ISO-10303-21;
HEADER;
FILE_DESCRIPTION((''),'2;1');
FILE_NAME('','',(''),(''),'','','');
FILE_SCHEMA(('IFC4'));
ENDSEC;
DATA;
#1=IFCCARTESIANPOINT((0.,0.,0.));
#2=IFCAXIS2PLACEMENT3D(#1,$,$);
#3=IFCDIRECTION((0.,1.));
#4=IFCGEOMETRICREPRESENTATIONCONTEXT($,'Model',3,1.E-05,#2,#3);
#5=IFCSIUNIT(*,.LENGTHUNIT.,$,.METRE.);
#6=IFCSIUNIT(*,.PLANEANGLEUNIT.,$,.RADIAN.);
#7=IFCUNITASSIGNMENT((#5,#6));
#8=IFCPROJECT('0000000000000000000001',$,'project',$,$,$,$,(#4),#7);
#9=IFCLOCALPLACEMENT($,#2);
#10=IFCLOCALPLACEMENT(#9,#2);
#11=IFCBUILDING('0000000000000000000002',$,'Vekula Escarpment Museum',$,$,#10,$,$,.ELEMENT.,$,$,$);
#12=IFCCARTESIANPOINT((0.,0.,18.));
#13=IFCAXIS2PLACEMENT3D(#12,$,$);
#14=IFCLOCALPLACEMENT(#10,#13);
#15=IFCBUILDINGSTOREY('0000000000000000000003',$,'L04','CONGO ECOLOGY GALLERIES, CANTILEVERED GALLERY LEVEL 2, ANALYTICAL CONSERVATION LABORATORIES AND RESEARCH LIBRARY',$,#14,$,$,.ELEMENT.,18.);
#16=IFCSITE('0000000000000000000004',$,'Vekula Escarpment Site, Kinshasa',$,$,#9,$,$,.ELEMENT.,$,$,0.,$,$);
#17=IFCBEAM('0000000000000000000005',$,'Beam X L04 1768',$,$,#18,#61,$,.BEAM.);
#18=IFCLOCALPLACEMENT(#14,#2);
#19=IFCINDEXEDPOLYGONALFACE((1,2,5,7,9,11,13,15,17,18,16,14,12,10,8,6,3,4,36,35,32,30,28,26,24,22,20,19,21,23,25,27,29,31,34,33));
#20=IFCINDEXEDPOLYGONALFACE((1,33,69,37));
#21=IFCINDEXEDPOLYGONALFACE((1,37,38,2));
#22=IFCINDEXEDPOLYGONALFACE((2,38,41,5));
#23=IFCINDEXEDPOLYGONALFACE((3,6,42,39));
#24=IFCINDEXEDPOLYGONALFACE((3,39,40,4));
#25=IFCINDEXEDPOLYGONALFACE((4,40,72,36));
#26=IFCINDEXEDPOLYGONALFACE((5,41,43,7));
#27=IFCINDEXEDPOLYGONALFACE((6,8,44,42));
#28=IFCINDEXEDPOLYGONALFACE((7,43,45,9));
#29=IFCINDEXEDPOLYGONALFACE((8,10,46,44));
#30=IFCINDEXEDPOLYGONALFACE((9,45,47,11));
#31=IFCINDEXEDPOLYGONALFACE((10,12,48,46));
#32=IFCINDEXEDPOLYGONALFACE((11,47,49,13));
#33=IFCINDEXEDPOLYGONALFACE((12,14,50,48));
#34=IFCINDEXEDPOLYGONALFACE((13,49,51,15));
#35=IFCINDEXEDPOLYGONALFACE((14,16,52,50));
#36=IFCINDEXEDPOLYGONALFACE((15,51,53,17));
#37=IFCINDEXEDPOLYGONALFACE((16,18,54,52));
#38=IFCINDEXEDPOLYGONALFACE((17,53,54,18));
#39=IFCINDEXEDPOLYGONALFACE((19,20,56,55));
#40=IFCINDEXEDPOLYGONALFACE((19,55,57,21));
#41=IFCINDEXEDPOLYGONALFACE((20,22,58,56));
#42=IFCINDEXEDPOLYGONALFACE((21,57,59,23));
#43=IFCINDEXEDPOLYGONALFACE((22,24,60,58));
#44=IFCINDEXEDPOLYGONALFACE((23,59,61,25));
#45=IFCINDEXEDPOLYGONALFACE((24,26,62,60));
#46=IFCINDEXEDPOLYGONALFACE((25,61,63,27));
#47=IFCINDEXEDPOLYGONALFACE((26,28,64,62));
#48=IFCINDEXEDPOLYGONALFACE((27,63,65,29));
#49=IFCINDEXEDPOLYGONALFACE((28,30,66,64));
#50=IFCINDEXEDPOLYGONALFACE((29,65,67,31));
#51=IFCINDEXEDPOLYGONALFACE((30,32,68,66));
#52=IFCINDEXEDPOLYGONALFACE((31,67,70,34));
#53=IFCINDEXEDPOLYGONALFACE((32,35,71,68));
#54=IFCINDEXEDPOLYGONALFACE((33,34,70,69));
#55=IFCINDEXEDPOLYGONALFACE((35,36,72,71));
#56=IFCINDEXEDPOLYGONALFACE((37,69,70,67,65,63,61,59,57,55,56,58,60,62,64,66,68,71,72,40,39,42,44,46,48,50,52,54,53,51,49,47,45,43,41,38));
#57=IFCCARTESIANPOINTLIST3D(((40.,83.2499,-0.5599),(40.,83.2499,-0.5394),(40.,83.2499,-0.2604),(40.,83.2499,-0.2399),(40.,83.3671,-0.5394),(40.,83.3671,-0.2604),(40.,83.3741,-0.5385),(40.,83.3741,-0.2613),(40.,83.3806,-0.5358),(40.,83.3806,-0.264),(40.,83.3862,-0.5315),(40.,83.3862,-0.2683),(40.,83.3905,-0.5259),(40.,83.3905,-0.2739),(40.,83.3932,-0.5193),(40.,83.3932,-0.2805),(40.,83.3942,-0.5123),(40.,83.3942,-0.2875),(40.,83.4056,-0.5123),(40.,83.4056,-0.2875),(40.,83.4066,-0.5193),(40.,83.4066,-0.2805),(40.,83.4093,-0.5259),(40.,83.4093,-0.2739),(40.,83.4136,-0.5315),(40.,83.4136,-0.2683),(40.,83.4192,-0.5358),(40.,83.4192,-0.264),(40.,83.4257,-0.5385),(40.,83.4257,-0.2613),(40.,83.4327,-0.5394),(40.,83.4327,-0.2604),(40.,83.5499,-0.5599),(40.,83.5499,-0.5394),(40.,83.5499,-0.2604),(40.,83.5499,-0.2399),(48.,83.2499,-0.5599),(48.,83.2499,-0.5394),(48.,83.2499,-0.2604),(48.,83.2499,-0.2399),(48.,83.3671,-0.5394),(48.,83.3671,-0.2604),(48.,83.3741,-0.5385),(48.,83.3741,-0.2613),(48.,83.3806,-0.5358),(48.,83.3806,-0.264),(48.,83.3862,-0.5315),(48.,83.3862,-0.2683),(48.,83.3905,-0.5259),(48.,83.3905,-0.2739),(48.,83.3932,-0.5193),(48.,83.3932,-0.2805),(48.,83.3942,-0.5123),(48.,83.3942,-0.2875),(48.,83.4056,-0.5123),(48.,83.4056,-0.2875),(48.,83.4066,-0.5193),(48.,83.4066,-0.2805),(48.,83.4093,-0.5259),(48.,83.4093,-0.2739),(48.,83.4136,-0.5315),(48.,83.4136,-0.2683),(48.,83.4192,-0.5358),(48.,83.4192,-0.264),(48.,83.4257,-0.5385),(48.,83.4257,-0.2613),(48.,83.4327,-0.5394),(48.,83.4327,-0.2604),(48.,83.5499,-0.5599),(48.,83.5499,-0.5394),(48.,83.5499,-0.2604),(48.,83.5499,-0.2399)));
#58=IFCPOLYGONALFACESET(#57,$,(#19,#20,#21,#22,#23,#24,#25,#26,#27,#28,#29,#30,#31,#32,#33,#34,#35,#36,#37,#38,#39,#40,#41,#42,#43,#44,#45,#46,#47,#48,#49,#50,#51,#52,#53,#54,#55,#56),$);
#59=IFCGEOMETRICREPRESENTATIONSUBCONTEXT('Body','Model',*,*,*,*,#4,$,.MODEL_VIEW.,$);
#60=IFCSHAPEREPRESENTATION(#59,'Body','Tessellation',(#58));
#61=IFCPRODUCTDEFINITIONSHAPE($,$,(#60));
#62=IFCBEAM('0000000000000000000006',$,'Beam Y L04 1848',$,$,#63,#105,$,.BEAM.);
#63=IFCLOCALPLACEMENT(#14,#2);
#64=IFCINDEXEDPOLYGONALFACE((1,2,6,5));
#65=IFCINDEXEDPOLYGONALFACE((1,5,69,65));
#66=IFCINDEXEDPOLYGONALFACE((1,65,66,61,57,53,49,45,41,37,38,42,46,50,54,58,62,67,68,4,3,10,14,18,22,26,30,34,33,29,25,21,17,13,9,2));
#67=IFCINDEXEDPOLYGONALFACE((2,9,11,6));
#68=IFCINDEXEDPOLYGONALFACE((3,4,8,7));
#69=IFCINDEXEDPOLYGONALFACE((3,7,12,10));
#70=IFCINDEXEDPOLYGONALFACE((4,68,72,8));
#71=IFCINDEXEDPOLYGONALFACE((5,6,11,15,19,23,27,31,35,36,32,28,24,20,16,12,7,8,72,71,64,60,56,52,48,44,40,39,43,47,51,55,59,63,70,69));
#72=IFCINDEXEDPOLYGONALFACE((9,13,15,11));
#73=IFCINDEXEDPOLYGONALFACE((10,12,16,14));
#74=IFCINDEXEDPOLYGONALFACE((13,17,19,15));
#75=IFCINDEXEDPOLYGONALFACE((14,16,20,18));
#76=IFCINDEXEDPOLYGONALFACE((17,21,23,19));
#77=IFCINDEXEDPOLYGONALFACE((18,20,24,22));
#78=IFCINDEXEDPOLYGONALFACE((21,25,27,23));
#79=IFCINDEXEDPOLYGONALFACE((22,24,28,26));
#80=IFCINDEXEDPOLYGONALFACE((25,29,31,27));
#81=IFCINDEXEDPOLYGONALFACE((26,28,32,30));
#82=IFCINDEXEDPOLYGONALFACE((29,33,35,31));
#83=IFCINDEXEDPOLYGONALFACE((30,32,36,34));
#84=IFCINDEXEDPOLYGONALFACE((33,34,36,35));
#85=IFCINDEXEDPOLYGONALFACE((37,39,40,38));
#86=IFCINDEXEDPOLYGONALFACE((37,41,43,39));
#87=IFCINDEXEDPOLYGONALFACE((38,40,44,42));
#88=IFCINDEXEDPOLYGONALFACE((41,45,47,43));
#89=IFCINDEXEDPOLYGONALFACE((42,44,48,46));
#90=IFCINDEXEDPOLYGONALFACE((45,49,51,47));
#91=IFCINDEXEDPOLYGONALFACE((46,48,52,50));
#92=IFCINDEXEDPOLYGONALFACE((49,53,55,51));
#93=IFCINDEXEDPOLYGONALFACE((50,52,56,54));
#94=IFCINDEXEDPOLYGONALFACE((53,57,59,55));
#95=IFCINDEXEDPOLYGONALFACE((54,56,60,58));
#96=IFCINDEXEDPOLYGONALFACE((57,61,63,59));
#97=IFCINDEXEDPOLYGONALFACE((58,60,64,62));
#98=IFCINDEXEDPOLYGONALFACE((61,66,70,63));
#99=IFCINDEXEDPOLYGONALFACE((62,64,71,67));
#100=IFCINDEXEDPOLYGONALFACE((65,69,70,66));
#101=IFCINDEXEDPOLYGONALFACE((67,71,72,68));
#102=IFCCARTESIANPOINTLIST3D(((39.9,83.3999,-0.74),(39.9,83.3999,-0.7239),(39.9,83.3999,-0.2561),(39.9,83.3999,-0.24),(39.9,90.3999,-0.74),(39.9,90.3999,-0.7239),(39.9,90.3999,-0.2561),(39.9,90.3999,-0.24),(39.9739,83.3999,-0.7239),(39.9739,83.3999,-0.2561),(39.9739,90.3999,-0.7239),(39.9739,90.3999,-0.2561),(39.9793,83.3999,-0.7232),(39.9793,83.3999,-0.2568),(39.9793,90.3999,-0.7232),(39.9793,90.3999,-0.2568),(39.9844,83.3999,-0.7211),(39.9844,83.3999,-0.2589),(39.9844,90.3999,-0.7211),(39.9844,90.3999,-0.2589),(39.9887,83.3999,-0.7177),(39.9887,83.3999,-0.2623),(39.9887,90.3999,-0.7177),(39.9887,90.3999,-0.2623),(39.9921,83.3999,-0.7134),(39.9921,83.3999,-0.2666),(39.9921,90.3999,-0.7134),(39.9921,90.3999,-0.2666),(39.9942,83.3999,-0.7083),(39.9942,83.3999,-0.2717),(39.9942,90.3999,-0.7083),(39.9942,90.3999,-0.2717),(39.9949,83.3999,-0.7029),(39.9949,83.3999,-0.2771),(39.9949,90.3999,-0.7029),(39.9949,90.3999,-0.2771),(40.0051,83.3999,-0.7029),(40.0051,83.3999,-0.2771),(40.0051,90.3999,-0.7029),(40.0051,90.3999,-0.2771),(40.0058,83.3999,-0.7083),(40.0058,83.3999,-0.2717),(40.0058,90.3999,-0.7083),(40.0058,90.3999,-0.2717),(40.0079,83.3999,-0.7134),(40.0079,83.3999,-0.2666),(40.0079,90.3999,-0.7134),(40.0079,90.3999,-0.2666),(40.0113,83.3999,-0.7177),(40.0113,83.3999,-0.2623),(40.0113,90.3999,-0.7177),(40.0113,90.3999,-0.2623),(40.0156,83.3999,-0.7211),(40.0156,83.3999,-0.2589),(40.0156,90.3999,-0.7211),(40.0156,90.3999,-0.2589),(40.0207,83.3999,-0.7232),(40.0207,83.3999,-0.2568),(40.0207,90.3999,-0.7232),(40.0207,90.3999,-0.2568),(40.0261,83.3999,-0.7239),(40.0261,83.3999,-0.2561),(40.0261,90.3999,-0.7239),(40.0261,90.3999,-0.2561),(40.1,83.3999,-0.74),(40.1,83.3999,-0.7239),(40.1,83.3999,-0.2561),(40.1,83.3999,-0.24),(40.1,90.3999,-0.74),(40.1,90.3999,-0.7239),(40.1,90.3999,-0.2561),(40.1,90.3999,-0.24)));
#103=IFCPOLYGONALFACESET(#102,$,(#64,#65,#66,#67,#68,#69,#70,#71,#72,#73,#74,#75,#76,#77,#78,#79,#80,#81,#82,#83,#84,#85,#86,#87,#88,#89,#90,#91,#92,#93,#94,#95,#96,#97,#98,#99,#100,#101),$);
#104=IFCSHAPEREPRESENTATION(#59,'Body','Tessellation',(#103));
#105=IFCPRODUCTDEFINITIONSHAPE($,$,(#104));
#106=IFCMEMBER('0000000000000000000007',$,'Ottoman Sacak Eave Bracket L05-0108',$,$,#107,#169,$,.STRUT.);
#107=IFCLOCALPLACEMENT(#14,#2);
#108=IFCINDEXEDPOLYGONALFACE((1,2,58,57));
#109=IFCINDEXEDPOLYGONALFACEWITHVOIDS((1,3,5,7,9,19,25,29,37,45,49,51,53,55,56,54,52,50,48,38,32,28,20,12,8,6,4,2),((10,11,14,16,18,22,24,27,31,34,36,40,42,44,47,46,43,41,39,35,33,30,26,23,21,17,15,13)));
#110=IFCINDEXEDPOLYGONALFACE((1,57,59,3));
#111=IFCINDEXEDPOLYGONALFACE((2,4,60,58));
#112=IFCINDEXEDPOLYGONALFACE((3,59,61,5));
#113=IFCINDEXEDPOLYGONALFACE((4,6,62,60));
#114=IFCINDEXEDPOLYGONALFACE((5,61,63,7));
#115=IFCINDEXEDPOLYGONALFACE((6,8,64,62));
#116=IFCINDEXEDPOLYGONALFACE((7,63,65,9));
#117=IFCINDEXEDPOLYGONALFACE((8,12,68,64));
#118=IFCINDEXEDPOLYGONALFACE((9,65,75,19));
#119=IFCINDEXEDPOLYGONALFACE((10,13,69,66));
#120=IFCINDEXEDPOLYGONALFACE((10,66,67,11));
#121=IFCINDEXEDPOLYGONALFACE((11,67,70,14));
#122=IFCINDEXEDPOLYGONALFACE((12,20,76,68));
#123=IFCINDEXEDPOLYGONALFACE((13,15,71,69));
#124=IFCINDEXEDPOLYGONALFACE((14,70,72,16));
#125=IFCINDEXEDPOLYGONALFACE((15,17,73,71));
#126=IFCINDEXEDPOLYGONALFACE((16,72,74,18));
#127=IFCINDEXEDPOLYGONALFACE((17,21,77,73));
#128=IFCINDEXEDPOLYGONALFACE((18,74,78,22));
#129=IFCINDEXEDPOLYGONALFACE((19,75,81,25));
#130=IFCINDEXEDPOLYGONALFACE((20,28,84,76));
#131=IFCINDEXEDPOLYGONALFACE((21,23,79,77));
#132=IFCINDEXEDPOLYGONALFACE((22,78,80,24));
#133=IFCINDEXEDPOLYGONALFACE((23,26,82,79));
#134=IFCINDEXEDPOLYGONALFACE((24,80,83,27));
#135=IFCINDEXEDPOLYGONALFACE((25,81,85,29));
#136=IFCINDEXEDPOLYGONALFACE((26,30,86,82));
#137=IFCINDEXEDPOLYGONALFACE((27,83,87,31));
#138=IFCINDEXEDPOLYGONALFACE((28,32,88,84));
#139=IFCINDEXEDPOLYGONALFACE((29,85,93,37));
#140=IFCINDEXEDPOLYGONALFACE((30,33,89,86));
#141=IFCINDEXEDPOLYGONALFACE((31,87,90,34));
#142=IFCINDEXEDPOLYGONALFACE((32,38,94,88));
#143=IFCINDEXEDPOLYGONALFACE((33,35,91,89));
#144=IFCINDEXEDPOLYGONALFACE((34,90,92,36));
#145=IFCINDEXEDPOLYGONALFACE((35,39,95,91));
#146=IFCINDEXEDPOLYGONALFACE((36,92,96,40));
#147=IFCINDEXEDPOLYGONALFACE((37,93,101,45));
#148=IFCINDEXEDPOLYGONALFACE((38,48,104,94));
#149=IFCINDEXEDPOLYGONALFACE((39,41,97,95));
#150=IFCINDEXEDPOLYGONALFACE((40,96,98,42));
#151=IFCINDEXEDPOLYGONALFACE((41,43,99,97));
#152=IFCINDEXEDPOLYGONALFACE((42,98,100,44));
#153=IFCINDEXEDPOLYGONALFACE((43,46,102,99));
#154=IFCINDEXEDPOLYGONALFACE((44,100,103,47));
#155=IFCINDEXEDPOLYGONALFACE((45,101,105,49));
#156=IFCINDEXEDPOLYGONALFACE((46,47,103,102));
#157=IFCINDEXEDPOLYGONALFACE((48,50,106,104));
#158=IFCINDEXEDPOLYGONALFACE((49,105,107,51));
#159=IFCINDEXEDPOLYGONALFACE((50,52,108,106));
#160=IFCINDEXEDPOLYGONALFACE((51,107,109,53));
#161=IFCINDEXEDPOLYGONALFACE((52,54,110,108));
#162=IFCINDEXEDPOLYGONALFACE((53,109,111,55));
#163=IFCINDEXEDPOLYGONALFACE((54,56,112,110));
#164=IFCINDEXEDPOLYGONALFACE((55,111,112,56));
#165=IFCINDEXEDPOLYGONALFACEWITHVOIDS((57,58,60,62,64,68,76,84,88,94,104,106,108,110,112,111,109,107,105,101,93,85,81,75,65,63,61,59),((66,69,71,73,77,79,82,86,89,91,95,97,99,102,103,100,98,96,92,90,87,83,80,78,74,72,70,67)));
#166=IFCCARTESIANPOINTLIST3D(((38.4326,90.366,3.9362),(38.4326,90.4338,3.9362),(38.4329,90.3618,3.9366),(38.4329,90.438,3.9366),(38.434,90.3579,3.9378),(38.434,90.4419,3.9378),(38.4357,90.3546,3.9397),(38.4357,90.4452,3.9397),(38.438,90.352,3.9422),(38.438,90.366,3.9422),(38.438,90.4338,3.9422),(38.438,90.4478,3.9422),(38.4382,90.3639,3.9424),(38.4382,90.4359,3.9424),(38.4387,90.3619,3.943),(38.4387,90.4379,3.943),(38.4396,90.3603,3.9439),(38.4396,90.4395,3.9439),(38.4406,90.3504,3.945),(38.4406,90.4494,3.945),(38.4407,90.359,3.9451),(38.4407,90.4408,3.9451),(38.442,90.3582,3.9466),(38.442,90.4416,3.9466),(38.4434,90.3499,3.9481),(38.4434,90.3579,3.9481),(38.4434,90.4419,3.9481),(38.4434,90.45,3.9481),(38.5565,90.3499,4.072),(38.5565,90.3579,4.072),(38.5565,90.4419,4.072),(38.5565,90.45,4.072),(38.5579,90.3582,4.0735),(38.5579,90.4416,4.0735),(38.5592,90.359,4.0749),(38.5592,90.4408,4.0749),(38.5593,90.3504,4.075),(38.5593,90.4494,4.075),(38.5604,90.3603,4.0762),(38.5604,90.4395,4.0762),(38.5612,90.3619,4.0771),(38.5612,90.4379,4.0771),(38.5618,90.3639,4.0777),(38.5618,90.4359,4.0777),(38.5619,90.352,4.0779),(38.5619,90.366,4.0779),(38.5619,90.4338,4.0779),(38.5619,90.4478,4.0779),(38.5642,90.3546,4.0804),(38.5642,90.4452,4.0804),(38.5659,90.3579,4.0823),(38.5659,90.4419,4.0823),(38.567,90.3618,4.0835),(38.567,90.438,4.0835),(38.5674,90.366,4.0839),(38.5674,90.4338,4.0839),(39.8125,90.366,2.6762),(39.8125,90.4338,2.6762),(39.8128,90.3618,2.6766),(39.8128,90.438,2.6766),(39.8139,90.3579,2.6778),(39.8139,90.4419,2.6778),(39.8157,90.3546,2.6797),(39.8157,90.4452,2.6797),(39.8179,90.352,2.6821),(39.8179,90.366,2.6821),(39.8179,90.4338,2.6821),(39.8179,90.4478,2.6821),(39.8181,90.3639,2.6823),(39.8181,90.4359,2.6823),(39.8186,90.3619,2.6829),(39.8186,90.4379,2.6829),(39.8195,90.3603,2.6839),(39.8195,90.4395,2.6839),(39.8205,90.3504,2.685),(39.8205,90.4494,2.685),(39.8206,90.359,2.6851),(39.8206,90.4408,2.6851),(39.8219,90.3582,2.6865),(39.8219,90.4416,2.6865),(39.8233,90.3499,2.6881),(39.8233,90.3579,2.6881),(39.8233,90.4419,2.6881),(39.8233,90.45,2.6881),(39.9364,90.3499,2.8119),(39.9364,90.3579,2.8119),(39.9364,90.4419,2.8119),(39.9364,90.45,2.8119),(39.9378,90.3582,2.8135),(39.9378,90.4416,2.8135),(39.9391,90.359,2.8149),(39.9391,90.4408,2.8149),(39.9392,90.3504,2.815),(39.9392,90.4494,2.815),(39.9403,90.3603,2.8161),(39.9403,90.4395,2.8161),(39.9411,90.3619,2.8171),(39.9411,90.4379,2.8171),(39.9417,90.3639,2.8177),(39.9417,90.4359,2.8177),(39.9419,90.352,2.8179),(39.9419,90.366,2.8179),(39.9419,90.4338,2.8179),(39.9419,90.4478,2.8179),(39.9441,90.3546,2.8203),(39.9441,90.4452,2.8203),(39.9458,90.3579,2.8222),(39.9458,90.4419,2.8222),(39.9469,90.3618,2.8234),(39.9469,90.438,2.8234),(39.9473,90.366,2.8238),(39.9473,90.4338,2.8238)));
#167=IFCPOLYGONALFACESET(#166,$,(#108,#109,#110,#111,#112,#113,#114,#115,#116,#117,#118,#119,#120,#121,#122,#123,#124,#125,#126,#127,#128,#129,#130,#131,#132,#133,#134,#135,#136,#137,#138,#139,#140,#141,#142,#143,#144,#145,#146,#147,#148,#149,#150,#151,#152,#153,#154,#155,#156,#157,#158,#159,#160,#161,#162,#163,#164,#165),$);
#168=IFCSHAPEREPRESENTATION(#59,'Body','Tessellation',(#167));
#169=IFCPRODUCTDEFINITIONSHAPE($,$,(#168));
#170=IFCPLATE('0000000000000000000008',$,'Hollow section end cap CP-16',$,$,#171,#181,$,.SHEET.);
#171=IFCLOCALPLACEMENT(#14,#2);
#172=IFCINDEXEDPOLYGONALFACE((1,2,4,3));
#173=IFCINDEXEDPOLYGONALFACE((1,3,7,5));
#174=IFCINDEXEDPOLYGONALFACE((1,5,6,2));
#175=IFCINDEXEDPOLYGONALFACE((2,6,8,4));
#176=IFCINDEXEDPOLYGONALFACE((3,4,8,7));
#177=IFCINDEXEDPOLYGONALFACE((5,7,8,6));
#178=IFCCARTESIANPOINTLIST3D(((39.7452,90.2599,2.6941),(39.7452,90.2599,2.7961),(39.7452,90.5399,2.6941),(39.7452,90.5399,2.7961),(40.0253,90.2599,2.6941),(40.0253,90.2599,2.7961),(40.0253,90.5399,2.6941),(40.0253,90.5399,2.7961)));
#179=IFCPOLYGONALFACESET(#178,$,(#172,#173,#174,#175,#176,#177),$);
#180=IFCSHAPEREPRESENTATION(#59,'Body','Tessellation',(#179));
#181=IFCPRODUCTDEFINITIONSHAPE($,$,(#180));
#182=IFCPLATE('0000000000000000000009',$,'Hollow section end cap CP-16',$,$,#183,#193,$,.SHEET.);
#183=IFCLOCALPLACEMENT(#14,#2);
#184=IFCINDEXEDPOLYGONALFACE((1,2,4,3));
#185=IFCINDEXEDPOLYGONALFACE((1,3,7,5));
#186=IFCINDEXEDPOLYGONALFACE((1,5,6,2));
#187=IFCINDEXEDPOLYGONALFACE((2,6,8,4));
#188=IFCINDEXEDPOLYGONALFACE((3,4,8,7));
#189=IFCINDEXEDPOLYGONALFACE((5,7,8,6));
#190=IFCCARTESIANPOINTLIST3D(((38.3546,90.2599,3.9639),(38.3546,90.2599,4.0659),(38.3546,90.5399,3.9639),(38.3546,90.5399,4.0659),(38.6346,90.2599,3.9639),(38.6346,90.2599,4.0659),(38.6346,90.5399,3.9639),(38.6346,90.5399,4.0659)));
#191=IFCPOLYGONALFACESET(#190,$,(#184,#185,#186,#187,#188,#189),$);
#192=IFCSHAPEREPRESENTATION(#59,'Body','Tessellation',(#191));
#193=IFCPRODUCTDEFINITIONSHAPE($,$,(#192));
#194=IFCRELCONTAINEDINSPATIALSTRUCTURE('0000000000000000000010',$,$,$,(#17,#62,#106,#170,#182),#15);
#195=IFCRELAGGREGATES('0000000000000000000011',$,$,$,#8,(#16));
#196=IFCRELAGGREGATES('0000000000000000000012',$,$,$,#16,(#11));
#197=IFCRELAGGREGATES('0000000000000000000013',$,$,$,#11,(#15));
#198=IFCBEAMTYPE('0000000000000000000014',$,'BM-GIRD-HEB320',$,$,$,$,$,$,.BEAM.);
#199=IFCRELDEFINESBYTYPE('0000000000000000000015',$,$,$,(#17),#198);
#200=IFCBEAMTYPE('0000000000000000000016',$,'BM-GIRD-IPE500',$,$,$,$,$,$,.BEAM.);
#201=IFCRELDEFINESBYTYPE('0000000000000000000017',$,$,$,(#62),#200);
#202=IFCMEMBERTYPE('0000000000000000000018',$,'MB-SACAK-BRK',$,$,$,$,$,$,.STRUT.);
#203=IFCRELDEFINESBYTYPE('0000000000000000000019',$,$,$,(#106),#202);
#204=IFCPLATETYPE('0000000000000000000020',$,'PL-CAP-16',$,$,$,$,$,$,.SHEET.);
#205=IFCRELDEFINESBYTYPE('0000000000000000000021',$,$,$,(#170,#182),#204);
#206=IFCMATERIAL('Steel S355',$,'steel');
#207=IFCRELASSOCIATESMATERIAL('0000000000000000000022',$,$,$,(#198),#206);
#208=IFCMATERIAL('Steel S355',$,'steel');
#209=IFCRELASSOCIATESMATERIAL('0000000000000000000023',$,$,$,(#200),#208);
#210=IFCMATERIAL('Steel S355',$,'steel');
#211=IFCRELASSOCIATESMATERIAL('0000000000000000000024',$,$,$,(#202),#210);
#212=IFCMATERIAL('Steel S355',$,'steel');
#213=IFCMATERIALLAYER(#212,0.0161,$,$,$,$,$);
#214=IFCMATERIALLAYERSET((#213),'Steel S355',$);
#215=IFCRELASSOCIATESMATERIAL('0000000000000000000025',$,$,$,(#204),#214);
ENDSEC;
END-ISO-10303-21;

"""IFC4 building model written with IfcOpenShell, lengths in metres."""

from ifc_helpers import new_model, si_unit, direction, frame, origin, origin_2d, place, context, subcontext, project, spatial, rectangle, hollow_rectangle, i_section, extrude, material, layer, layer_set, material_profile, profile_set, type_object, element, save


model = new_model("IFC4")

# Units and contexts
model_context = context("Model", 3, precision=1e-05, world=origin(), true_north=direction((0.0, 1.0)))
body_context = subcontext(model_context, "Body", "Model", "MODEL_VIEW")
ifc_project = project(units=[si_unit("LENGTHUNIT", "METRE"), si_unit("PLANEANGLEUNIT", "RADIAN")], contexts=[model_context])

# Site, building, storey
site_placement = place(None, origin())
site = spatial("IfcSite", under=ifc_project, at=site_placement, Name="Vekula Escarpment Site, Kinshasa", CompositionType="ELEMENT", RefElevation=0.0)
building_placement = place(site_placement, origin())
building = spatial("IfcBuilding", under=site, at=building_placement, Name="Vekula Escarpment Museum", CompositionType="ELEMENT")
storey_placement = place(building_placement, frame((0.0, 0.0, 18.0)))
storey = spatial("IfcBuildingStorey", under=building, at=storey_placement, Name="L04", Description="CONGO ECOLOGY GALLERIES, CANTILEVERED GALLERY LEVEL 2, ANALYTICAL CONSERVATION LABORATORIES AND RESEARCH LIBRARY", CompositionType="ELEMENT", Elevation=18.0)

# Beams
ifc_material_1 = material(Name="Steel S355", Category="steel")
ifc_material_profile_1 = material_profile(ifc_material_1, i_section(OverallWidth=0.3, OverallDepth=0.3201, WebThickness=0.0115, FlangeThickness=0.0205, FilletRadius=0.0271, at=origin_2d()), Name="HEB 320")
ifc_profile_set_1 = profile_set([ifc_material_profile_1], Name="Steel S355")
beam_type_1 = type_object("IfcBeamType", Name="BM-GIRD-HEB320", PredefinedType="BEAM", material=ifc_profile_set_1)
beam_1_placement = place(storey_placement, frame((40.0, 83.3999, -0.3999), z_axis=(1.0, 0.0, 0.0), x_axis=(0.0, 1.0, 0.0)))
element("IfcBeam", 1, at=beam_1_placement, inside=storey, type_object=beam_type_1, Name="Beam X L04 1768", PredefinedType="BEAM", context=body_context, shape_type="SweptSolid", body=[
    extrude(i_section(OverallWidth=0.3, OverallDepth=0.3201, WebThickness=0.0115, FlangeThickness=0.0205, FilletRadius=0.0271, at=origin_2d()), origin(), (0.0, 0.0, 1.0), 8.0),
])
ifc_material_2 = material(Name="Steel S355", Category="steel")
ifc_material_profile_2 = material_profile(ifc_material_2, i_section(OverallWidth=0.2, OverallDepth=0.5, WebThickness=0.0103, FlangeThickness=0.0161, FilletRadius=0.021, at=origin_2d()), Name="IPE 500")
ifc_profile_set_2 = profile_set([ifc_material_profile_2], Name="Steel S355")
beam_type_2 = type_object("IfcBeamType", Name="BM-GIRD-IPE500", PredefinedType="BEAM", material=ifc_profile_set_2)
beam_2_placement = place(storey_placement, frame((40.0, 83.3999, -0.49), z_axis=(0.0, 1.0, 0.0), x_axis=(-1.0, 0.0, 0.0)))
element("IfcBeam", 2, at=beam_2_placement, inside=storey, type_object=beam_type_2, Name="Beam Y L04 1848", PredefinedType="BEAM", context=body_context, shape_type="SweptSolid", body=[
    extrude(i_section(OverallWidth=0.2, OverallDepth=0.5, WebThickness=0.0103, FlangeThickness=0.0161, FilletRadius=0.021, at=origin_2d()), origin(), (0.0, 0.0, 1.0), 7.0),
])

# Member
ifc_material_3 = material(Name="Steel S355", Category="steel")
ifc_material_profile_3 = material_profile(ifc_material_3, hollow_rectangle(XDim=0.1001, YDim=0.2, WallThickness=0.0081, InnerFilletRadius=0.0081, OuterFilletRadius=0.0161, at=origin_2d()), Name="RHS 200x100x8")
ifc_profile_set_3 = profile_set([ifc_material_profile_3], Name="Steel S355")
member_type = type_object("IfcMemberType", Name="MB-SACAK-BRK", PredefinedType="STRUT", material=ifc_profile_set_3)
member_placement = place(storey_placement, frame((39.8799, 90.3999, 2.75), z_axis=(-0.738454, 0.0, 0.674303), x_axis=(0.0, -1.0, 0.0)))
element("IfcMember", 3, at=member_placement, inside=storey, type_object=member_type, Name="Ottoman Sacak Eave Bracket L05-0108", PredefinedType="STRUT", context=body_context, shape_type="SweptSolid", body=[
    extrude(hollow_rectangle(XDim=0.1001, YDim=0.2, WallThickness=0.0081, InnerFilletRadius=0.0081, OuterFilletRadius=0.0161, at=origin_2d()), origin(), (0.0, 0.0, 1.0), 1.8687),
])

# Plates
ifc_material_4 = material(Name="Steel S355", Category="steel")
ifc_layer_1 = layer(ifc_material_4, 0.0161)
ifc_layer_set_1 = layer_set([ifc_layer_1], Name="Steel S355")
plate_type = type_object("IfcPlateType", Name="PL-CAP-16", PredefinedType="SHEET", material=ifc_layer_set_1)
for number, where, z_axis, x_axis, name in (
    (4, (39.8853, 90.3999, 2.6941), (0.0, 0.0, 1.0), (1.0, 0.0, 0.0), "Hollow section end cap CP-16"),
    (5, (38.4946, 90.3999, 3.9639), (0.0, 0.0, 1.0), (1.0, 0.0, 0.0), "Hollow section end cap CP-16"),
):
    element("IfcPlate", number, at=place(storey_placement, frame(where, z_axis=z_axis, x_axis=x_axis)), inside=storey, type_object=plate_type, Name=name, PredefinedType="SHEET", context=body_context, shape_type="SweptSolid", body=[
        extrude(rectangle(XDim=0.28, YDim=0.28, at=origin_2d()), origin(), (0.0, 0.0, 1.0), 0.1021),
    ])

save(model, "model.ifc")
